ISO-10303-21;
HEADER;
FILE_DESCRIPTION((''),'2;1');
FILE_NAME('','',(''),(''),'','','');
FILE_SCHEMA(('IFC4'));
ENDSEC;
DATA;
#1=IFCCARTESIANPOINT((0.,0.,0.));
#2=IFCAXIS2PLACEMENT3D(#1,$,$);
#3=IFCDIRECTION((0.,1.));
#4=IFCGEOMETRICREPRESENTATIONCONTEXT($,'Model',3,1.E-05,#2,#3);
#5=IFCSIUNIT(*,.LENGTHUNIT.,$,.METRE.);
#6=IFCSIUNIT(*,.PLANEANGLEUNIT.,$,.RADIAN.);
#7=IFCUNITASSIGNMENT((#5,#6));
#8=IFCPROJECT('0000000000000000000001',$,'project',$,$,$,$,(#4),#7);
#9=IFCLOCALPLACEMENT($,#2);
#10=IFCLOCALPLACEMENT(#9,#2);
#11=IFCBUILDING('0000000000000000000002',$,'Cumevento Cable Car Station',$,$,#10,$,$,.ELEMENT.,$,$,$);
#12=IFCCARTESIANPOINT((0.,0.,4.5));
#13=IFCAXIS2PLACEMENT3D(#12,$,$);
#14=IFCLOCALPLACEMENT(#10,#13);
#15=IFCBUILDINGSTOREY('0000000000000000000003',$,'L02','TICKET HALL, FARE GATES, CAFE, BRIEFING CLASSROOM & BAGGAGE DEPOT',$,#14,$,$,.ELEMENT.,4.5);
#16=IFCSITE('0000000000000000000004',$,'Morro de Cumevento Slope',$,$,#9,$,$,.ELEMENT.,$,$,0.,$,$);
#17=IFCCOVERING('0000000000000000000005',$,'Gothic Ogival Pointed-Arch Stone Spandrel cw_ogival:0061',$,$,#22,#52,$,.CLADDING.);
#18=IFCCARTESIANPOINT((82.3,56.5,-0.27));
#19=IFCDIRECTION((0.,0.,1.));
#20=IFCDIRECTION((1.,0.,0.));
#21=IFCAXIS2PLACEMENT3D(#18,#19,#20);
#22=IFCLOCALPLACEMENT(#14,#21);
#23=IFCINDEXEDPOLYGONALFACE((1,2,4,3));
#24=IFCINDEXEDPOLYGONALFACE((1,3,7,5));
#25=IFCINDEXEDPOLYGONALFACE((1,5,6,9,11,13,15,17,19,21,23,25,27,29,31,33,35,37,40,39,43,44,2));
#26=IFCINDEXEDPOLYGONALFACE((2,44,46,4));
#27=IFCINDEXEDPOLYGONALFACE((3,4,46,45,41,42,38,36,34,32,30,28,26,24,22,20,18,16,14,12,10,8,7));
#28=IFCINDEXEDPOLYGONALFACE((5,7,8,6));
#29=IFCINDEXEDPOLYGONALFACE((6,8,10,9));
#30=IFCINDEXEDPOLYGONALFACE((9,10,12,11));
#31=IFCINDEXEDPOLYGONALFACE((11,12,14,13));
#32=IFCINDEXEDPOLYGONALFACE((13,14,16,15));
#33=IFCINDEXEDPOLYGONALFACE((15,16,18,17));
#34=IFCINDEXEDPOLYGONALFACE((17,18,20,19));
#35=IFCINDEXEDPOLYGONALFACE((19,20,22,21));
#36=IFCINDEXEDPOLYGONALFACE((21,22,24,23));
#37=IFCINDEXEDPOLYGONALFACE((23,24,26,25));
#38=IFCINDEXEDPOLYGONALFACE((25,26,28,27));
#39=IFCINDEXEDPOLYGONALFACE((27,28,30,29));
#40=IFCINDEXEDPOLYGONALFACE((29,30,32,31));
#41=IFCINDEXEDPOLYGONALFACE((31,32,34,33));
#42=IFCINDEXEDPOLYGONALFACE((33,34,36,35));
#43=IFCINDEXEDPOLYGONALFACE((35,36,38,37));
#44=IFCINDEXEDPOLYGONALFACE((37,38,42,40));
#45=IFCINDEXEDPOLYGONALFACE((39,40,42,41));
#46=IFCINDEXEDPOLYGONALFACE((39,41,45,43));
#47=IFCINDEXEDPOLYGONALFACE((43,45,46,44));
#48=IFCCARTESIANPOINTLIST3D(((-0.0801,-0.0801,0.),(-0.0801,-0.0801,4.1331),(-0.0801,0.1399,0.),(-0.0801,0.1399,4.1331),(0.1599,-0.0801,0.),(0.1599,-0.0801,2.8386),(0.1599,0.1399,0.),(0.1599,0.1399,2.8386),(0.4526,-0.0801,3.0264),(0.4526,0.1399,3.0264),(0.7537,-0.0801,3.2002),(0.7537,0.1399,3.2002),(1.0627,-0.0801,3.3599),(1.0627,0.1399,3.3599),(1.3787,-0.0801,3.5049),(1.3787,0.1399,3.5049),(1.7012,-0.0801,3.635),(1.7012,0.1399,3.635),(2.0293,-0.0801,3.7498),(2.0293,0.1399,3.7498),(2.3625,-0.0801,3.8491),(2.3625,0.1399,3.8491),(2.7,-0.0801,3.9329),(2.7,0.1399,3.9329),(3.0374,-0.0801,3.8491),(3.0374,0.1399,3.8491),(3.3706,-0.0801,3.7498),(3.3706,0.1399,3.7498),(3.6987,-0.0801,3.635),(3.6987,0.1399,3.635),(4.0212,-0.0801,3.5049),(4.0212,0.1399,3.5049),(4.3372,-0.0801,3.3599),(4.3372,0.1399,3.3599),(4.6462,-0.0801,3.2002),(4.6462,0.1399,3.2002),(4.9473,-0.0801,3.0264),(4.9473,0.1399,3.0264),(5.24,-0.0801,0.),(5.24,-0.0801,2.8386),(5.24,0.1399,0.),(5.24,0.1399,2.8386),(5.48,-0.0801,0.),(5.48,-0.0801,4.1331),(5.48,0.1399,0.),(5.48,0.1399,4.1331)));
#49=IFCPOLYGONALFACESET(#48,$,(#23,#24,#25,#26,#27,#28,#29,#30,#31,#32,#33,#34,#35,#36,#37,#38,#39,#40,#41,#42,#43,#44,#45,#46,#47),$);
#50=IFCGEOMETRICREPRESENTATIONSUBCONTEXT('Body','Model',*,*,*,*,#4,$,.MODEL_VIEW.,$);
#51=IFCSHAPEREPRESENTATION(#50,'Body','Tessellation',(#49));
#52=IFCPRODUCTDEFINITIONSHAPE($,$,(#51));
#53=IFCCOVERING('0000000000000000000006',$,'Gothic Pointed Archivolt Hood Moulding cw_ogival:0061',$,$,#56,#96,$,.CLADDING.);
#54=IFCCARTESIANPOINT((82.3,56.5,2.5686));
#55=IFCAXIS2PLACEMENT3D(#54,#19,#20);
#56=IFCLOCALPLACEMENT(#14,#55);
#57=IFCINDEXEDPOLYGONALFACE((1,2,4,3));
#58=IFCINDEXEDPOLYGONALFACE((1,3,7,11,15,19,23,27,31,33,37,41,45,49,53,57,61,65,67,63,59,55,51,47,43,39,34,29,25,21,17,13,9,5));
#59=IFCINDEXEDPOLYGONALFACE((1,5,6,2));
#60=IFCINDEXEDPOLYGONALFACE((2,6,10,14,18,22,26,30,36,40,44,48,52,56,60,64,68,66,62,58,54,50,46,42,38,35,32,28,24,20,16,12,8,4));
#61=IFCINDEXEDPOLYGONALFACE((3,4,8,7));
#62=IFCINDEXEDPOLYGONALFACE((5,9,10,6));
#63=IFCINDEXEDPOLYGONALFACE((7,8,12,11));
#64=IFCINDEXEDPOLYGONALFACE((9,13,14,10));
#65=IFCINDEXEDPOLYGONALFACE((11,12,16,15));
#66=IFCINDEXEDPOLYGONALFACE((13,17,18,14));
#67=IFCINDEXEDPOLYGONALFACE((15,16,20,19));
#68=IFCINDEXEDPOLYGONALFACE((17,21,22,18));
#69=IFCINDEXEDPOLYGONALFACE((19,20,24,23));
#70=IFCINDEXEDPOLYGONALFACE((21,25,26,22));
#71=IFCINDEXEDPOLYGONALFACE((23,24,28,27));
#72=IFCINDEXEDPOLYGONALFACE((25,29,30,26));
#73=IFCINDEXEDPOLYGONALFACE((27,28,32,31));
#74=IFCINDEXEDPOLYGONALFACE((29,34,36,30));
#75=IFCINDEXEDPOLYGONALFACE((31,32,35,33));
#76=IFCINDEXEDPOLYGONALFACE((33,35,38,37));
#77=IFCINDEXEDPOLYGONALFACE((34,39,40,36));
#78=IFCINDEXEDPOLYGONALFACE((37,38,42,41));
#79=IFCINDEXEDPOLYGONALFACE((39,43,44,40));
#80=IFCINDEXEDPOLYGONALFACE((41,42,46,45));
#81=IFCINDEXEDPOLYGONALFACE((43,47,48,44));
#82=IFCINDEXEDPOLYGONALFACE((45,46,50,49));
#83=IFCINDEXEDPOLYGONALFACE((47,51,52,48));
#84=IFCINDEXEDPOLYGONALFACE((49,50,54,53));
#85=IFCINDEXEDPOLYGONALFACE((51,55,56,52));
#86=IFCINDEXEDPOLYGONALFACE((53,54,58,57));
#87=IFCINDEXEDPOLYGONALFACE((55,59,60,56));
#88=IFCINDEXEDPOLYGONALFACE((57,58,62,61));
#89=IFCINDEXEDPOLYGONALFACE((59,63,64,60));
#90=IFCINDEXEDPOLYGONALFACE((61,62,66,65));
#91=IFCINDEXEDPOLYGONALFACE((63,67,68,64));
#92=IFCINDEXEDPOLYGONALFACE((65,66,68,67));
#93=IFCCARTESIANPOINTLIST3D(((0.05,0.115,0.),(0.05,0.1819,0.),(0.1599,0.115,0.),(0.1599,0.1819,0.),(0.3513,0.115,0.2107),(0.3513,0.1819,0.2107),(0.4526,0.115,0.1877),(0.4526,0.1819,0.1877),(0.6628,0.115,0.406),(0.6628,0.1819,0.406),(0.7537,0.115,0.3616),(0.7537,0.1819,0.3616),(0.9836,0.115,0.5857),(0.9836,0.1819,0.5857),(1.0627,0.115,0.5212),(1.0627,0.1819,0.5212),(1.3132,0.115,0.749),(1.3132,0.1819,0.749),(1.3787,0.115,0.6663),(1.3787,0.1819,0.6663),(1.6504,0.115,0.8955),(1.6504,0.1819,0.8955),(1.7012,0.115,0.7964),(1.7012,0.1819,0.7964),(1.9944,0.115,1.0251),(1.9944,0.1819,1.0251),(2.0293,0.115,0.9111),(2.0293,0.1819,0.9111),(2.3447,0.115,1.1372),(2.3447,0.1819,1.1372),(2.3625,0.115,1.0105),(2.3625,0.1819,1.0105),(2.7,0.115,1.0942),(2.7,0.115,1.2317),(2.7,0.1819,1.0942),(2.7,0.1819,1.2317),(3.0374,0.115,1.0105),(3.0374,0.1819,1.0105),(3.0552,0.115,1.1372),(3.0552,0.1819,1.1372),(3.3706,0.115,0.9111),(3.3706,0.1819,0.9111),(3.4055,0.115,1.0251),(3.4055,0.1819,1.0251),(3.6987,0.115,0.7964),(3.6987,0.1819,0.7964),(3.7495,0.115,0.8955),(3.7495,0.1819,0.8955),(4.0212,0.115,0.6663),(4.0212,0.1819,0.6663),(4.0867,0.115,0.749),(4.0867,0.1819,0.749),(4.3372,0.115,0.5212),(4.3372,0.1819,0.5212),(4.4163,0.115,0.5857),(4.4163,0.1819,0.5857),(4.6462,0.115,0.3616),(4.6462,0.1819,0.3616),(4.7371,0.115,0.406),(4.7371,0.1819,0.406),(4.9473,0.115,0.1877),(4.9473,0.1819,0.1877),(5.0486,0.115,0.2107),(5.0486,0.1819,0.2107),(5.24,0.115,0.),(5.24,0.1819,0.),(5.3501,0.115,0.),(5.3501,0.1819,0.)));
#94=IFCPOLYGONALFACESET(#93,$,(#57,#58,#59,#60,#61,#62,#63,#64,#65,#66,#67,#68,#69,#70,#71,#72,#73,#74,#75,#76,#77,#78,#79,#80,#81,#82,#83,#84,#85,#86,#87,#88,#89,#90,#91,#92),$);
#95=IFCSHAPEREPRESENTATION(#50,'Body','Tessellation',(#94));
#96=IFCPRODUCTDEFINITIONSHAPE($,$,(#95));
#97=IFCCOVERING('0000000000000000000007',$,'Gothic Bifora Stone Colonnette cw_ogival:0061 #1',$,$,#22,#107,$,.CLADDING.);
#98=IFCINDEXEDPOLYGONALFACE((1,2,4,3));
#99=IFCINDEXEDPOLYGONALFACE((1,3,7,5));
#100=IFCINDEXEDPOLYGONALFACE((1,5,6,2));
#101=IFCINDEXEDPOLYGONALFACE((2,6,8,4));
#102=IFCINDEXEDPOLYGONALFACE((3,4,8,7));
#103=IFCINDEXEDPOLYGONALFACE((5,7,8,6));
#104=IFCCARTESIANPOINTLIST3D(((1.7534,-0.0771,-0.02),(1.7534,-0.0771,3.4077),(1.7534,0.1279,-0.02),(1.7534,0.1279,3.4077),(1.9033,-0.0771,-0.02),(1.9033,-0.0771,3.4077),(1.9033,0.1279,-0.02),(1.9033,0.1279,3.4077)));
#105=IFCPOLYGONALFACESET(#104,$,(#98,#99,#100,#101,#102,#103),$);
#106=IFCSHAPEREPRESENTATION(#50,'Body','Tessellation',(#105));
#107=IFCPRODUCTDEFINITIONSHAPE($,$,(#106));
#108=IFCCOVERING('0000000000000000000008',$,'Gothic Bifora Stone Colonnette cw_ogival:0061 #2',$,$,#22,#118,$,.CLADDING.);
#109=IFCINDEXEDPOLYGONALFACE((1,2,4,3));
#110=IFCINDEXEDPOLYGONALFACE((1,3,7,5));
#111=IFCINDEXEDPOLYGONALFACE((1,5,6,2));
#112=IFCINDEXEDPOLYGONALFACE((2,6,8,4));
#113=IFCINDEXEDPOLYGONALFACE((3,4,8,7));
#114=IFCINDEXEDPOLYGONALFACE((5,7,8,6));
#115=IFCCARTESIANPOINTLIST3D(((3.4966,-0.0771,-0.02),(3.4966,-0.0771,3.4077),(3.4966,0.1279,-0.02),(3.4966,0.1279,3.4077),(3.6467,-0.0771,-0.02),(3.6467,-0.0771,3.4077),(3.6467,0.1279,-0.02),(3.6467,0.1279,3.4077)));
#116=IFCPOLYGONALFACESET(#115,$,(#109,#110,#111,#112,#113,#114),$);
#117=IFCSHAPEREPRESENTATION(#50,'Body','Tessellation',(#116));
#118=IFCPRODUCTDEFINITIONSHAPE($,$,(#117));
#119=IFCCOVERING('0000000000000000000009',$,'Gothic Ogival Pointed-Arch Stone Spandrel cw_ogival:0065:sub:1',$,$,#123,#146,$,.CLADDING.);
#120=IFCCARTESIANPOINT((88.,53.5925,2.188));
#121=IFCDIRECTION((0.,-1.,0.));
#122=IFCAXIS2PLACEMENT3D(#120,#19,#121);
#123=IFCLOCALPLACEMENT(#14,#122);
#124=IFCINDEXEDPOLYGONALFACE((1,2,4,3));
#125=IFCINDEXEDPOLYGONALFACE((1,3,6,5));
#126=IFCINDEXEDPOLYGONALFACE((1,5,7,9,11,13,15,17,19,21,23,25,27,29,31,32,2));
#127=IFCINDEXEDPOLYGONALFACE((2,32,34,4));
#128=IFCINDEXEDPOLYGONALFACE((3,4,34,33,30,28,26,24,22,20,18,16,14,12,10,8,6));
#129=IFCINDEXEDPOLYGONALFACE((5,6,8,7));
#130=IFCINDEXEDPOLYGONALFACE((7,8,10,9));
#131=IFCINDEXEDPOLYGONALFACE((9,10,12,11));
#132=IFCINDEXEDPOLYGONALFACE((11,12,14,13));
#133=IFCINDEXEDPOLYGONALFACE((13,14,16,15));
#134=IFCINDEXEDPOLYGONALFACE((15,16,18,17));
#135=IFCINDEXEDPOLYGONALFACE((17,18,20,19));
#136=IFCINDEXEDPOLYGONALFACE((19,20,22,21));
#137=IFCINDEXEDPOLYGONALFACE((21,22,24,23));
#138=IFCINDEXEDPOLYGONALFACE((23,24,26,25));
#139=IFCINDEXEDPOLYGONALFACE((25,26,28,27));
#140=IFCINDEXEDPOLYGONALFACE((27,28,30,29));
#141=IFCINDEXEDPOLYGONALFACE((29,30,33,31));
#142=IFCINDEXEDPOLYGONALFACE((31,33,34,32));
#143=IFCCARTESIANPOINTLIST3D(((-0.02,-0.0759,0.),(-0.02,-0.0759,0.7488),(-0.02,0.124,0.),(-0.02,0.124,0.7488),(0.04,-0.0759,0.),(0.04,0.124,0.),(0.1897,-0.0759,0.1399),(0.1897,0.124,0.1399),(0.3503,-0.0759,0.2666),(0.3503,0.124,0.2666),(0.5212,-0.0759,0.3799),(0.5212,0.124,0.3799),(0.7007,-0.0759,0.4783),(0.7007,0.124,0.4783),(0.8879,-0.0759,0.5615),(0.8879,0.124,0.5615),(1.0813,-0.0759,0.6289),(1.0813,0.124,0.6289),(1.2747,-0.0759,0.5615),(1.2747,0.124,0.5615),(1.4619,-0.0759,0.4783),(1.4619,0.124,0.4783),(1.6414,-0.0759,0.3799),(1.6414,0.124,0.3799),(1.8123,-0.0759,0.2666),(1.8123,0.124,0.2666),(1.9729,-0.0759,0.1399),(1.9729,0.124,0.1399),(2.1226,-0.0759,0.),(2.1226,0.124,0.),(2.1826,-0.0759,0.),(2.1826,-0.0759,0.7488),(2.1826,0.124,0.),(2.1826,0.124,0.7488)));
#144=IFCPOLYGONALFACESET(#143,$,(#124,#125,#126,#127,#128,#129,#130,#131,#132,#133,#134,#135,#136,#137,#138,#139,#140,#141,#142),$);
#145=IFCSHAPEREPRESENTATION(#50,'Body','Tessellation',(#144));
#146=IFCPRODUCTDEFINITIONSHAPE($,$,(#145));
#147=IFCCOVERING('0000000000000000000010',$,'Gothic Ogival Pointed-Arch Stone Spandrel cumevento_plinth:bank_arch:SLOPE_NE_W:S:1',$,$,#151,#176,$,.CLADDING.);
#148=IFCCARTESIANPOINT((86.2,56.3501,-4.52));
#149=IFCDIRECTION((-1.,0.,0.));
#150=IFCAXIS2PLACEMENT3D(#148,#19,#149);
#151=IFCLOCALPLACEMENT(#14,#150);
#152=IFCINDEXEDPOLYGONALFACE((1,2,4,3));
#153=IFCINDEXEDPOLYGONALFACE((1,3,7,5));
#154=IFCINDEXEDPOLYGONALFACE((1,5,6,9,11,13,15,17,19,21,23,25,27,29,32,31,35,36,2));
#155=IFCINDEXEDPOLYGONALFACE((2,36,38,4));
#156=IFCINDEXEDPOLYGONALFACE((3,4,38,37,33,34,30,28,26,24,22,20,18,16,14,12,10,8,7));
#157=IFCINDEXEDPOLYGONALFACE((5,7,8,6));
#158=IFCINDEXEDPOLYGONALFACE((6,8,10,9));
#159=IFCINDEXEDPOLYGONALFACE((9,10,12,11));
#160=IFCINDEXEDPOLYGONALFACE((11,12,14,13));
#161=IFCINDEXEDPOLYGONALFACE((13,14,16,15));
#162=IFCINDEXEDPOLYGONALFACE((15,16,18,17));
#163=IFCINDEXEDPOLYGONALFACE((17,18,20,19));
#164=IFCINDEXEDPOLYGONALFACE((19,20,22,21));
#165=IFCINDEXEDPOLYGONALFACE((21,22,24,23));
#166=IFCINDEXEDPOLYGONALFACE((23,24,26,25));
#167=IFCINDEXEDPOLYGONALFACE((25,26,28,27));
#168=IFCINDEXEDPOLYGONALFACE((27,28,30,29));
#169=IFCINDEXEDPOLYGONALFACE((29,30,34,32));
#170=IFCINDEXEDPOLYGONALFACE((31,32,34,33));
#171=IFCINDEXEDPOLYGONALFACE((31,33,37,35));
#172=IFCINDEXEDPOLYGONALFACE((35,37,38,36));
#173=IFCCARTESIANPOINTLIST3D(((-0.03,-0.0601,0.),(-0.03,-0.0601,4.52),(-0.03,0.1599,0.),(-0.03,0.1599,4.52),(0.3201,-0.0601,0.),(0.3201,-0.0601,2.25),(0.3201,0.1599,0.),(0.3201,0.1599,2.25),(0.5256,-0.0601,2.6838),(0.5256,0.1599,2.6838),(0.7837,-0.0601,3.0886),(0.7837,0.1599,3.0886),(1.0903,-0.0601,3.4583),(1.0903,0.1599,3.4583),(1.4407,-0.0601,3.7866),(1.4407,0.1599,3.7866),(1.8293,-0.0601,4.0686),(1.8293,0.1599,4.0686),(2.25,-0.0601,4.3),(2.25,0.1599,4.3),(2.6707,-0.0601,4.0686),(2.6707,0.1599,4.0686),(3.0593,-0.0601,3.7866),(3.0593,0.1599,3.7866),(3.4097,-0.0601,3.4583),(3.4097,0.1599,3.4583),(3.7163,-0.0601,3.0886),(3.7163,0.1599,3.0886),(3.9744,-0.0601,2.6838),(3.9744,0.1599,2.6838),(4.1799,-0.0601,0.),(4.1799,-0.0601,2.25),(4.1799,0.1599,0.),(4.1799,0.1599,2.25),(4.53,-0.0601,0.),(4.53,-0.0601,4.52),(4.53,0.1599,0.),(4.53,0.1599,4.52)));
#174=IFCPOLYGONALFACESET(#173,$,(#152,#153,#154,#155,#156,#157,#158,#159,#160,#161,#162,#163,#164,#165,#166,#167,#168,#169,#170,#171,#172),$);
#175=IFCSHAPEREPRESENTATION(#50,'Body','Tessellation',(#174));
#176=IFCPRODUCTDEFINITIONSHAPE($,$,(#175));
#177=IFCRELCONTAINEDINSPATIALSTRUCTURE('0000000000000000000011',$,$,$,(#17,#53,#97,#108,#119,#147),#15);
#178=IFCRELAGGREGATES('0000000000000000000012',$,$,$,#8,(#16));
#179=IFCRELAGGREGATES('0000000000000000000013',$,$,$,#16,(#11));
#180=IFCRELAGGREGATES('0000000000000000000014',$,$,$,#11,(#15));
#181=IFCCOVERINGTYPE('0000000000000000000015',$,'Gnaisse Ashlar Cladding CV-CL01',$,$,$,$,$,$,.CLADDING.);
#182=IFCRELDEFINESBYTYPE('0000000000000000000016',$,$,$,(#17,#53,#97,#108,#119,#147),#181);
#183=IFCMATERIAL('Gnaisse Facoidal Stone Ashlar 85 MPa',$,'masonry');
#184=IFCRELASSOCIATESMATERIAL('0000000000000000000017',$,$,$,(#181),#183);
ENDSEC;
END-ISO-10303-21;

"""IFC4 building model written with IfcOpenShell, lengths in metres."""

from ifc_helpers import new_model, si_unit, direction, frame, origin, place, context, subcontext, project, spatial, polyline, outline, extrude, material, type_object, element, save


model = new_model("IFC4")

# Units and contexts
model_context = context("Model", 3, precision=1e-05, world=origin(), true_north=direction((0.0, 1.0)))
body_context = subcontext(model_context, "Body", "Model", "MODEL_VIEW")
ifc_project = project(units=[si_unit("LENGTHUNIT", "METRE"), si_unit("PLANEANGLEUNIT", "RADIAN")], contexts=[model_context])

# Site, building, storey
site_placement = place(None, origin())
site = spatial("IfcSite", under=ifc_project, at=site_placement, Name="Morro de Cumevento Slope", CompositionType="ELEMENT", RefElevation=0.0)
building_placement = place(site_placement, origin())
building = spatial("IfcBuilding", under=site, at=building_placement, Name="Cumevento Cable Car Station", CompositionType="ELEMENT")
storey_placement = place(building_placement, frame((0.0, 0.0, 4.5)))
storey = spatial("IfcBuildingStorey", under=building, at=storey_placement, Name="L02", Description="TICKET HALL, FARE GATES, CAFE, BRIEFING CLASSROOM & BAGGAGE DEPOT", CompositionType="ELEMENT", Elevation=4.5)

# Coverings
ifc_material_1 = material(Name="Gnaisse Facoidal Stone Ashlar 85 MPa", Category="masonry")
covering_type = type_object("IfcCoveringType", Name="Gnaisse Ashlar Cladding CV-CL01", PredefinedType="CLADDING", material=ifc_material_1)
placement = place(storey_placement, frame((82.3, 56.5, -0.27), z_axis=(0.0, 0.0, 1.0), x_axis=(1.0, 0.0, 0.0)))
element("IfcCovering", 1, at=placement, inside=storey, type_object=covering_type, Name="Gothic Ogival Pointed-Arch Stone Spandrel cw_ogival:0061", PredefinedType="CLADDING", context=body_context, shape_type="SweptSolid", body=[
    extrude(outline(polyline([(-0.0801, 0.0), (-0.0801, 4.1331), (5.48, 4.1331), (5.48, 0.0), (5.24, 0.0), (5.24, 2.8386), (4.9473, 3.0264), (4.6462, 3.2002), (4.3372, 3.3599), (4.0212, 3.5049), (3.6987, 3.635), (3.3706, 3.7498), (3.0374, 3.8491), (2.7, 3.9329), (2.3625, 3.8491), (2.0293, 3.7498), (1.7012, 3.635), (1.3787, 3.5049), (1.0627, 3.3599), (0.7537, 3.2002), (0.4526, 3.0264), (0.1599, 2.8386), (0.1599, 0.0), (-0.0801, 0.0)])), frame((0.0, 0.1399, 0.0), z_axis=(0.0, -1.0, 0.0), x_axis=(1.0, 0.0, 0.0)), (0.0, 0.0, 1.0), 0.22),
])
covering_1_placement = place(storey_placement, frame((82.3, 56.5, 2.5686), z_axis=(0.0, 0.0, 1.0), x_axis=(1.0, 0.0, 0.0)))
element("IfcCovering", 2, at=covering_1_placement, inside=storey, type_object=covering_type, Name="Gothic Pointed Archivolt Hood Moulding cw_ogival:0061", PredefinedType="CLADDING", context=body_context, shape_type="SweptSolid", body=[
    extrude(outline(polyline([(0.1599, 0.0), (0.4526, 0.1877), (0.7537, 0.3616), (1.0627, 0.5212), (1.3787, 0.6663), (1.7012, 0.7964), (2.0293, 0.9111), (2.3625, 1.0105), (2.7, 1.0942), (3.0374, 1.0105), (3.3706, 0.9111), (3.6987, 0.7964), (4.0212, 0.6663), (4.3372, 0.5212), (4.6462, 0.3616), (4.9473, 0.1877), (5.24, 0.0), (5.3501, 0.0), (5.0486, 0.2107), (4.7371, 0.406), (4.4163, 0.5857), (4.0867, 0.749), (3.7495, 0.8955), (3.4055, 1.0251), (3.0552, 1.1372), (2.7, 1.2317), (2.3447, 1.1372), (1.9944, 1.0251), (1.6504, 0.8955), (1.3132, 0.749), (0.9836, 0.5857), (0.6628, 0.406), (0.3513, 0.2107), (0.05, 0.0), (0.1599, 0.0)])), frame((0.0, 0.1819, 0.0), z_axis=(0.0, -1.0, 0.0), x_axis=(1.0, 0.0, 0.0)), (0.0, 0.0, 1.0), 0.0669),
])
element("IfcCovering", 3, at=placement, inside=storey, type_object=covering_type, Name="Gothic Bifora Stone Colonnette cw_ogival:0061 #1", PredefinedType="CLADDING", context=body_context, shape_type="SweptSolid", body=[
    extrude(outline(polyline([(1.7534, -0.02), (1.9033, -0.02), (1.9033, 3.4077), (1.7534, 3.4077), (1.7534, -0.02)])), frame((0.0, 0.1279, 0.0), z_axis=(0.0, -1.0, 0.0), x_axis=(1.0, 0.0, 0.0)), (0.0, 0.0, 1.0), 0.2051),
])
element("IfcCovering", 4, at=placement, inside=storey, type_object=covering_type, Name="Gothic Bifora Stone Colonnette cw_ogival:0061 #2", PredefinedType="CLADDING", context=body_context, shape_type="SweptSolid", body=[
    extrude(outline(polyline([(3.4966, -0.02), (3.6467, -0.02), (3.6467, 3.4077), (3.4966, 3.4077), (3.4966, -0.02)])), frame((0.0, 0.1279, 0.0), z_axis=(0.0, -1.0, 0.0), x_axis=(1.0, 0.0, 0.0)), (0.0, 0.0, 1.0), 0.2051),
])
covering_2_placement = place(storey_placement, frame((88.0, 53.5925, 2.188), z_axis=(0.0, 0.0, 1.0), x_axis=(0.0, -1.0, 0.0)))
element("IfcCovering", 5, at=covering_2_placement, inside=storey, type_object=covering_type, Name="Gothic Ogival Pointed-Arch Stone Spandrel cw_ogival:0065:sub:1", PredefinedType="CLADDING", context=body_context, shape_type="SweptSolid", body=[
    extrude(outline(polyline([(-0.02, 0.0), (-0.02, 0.7488), (2.1826, 0.7488), (2.1826, 0.0), (2.1226, 0.0), (1.9729, 0.1399), (1.8123, 0.2666), (1.6414, 0.3799), (1.4619, 0.4783), (1.2747, 0.5615), (1.0813, 0.6289), (0.8879, 0.5615), (0.7007, 0.4783), (0.5212, 0.3799), (0.3503, 0.2666), (0.1897, 0.1399), (0.04, 0.0), (-0.02, 0.0)])), frame((0.0, 0.124, 0.0), z_axis=(0.0, -1.0, 0.0), x_axis=(1.0, 0.0, 0.0)), (0.0, 0.0, 1.0), 0.2),
])
covering_3_placement = place(storey_placement, frame((86.2, 56.3501, -4.52), z_axis=(0.0, 0.0, 1.0), x_axis=(-1.0, 0.0, 0.0)))
element("IfcCovering", 6, at=covering_3_placement, inside=storey, type_object=covering_type, Name="Gothic Ogival Pointed-Arch Stone Spandrel cumevento_plinth:bank_arch:SLOPE_NE_W:S:1", PredefinedType="CLADDING", context=body_context, shape_type="SweptSolid", body=[
    extrude(outline(polyline([(-0.03, 0.0), (-0.03, 4.52), (4.53, 4.52), (4.53, 0.0), (4.1799, 0.0), (4.1799, 2.25), (3.9744, 2.6838), (3.7163, 3.0886), (3.4097, 3.4583), (3.0593, 3.7866), (2.6707, 4.0686), (2.25, 4.3), (1.8293, 4.0686), (1.4407, 3.7866), (1.0903, 3.4583), (0.7837, 3.0886), (0.5256, 2.6838), (0.3201, 2.25), (0.3201, 0.0), (-0.03, 0.0)])), frame((0.0, 0.1599, 0.0), z_axis=(0.0, -1.0, 0.0), x_axis=(1.0, 0.0, 0.0)), (0.0, 0.0, 1.0), 0.22),
])

save(model, "model.ifc")
